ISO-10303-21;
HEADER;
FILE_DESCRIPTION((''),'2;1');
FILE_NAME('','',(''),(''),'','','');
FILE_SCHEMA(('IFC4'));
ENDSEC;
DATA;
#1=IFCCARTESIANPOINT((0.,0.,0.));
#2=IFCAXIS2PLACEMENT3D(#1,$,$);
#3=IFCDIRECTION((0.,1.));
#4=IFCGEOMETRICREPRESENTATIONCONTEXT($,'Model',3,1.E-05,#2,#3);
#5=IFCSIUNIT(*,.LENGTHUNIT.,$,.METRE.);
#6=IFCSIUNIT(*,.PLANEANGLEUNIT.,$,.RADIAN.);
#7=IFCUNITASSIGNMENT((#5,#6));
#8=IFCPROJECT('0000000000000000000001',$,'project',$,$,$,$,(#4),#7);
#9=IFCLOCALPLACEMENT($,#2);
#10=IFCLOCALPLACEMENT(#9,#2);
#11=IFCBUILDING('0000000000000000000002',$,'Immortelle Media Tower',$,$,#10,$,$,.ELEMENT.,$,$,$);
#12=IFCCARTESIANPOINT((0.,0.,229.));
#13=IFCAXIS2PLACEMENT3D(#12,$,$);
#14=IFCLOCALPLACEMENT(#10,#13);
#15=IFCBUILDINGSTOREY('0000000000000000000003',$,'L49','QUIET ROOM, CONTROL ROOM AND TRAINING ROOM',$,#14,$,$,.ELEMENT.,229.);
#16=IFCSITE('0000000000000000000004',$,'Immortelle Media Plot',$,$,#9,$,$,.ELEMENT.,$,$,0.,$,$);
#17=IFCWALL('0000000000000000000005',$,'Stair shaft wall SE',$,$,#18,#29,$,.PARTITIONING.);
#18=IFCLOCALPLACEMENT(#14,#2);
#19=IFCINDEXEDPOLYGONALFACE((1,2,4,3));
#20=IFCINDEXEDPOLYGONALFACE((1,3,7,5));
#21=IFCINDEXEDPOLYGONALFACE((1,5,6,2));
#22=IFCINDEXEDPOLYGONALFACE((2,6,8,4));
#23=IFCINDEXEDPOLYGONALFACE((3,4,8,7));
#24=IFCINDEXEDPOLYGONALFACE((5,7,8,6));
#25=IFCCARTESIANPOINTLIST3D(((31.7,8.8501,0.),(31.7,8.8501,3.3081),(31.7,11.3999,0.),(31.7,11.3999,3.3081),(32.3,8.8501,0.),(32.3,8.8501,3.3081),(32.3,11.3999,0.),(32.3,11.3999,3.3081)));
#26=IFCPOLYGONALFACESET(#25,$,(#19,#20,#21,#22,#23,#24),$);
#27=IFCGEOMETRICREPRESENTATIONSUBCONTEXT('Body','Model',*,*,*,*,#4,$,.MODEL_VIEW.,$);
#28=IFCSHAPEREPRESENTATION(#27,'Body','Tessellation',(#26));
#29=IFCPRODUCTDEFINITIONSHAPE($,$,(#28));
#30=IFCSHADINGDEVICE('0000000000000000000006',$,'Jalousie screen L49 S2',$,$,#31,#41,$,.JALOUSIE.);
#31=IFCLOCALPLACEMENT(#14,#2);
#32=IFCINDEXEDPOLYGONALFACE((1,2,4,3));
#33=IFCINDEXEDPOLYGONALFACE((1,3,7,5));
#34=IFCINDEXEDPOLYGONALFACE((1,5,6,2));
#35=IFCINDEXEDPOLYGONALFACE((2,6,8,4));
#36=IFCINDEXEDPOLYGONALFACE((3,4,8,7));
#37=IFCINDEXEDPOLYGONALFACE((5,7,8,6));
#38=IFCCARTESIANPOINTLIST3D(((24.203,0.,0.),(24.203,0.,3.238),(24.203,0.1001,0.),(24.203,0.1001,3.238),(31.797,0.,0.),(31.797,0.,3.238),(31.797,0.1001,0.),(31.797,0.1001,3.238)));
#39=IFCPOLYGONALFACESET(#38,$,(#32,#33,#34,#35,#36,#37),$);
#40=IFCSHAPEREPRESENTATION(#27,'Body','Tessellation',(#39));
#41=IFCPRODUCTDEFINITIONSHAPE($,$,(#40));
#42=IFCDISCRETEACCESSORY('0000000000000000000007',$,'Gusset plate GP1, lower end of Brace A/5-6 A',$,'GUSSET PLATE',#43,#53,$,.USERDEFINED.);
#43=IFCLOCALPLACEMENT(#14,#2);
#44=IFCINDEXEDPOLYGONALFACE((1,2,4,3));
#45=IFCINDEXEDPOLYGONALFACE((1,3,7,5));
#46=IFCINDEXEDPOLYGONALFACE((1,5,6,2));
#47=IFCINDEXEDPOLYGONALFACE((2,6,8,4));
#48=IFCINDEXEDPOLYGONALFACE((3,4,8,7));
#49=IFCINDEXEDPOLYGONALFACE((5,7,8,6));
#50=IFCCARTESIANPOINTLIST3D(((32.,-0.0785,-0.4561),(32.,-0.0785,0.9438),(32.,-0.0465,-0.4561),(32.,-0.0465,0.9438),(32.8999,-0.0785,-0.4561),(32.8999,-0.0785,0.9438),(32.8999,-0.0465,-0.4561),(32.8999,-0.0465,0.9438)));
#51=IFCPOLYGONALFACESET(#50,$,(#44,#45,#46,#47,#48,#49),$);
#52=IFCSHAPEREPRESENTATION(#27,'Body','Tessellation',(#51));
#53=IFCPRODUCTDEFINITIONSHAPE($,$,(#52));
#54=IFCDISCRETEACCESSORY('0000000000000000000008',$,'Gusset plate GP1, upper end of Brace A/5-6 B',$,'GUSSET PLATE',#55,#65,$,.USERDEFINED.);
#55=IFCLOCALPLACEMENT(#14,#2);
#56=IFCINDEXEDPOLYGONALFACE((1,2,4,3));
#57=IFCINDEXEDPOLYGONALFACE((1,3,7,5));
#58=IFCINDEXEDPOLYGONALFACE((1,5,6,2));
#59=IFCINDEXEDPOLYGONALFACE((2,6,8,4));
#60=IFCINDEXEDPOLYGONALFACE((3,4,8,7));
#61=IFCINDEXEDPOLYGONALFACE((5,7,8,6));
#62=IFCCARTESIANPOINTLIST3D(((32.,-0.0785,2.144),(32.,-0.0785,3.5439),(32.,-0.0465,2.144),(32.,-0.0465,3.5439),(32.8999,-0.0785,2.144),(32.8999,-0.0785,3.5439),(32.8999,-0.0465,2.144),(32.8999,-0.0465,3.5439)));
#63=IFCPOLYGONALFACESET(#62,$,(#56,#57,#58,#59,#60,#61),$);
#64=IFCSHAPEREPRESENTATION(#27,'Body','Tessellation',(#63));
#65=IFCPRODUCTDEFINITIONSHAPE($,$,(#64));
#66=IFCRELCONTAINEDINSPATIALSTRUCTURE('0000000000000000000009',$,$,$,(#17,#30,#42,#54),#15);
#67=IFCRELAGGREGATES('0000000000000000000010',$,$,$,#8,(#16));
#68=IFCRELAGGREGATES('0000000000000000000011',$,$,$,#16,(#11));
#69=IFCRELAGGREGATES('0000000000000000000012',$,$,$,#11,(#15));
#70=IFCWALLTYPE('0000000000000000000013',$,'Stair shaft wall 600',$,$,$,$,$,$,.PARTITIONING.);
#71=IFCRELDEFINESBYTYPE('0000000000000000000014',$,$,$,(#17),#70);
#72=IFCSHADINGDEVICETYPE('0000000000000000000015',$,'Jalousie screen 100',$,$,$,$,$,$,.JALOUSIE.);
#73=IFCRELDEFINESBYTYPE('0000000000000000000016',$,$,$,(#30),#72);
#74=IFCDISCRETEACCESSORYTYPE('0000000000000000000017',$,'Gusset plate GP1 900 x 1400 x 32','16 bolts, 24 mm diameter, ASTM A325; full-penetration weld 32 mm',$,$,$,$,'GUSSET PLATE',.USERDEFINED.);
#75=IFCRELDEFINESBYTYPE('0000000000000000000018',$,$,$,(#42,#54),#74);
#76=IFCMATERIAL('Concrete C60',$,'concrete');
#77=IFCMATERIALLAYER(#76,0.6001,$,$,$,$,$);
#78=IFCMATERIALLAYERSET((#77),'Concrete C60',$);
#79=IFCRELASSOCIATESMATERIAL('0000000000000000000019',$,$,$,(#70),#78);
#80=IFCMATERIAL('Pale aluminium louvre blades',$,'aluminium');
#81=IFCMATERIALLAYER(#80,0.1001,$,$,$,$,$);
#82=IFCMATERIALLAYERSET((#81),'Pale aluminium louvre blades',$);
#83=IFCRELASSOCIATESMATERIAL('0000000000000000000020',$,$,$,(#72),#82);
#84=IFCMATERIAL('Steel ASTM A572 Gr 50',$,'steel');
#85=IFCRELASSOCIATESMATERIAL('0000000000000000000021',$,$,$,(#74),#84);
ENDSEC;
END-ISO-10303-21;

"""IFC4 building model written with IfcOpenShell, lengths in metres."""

from ifc_helpers import new_model, si_unit, direction, frame, frame_2d, origin, origin_2d, place, context, subcontext, project, spatial, rectangle, extrude, material, layer, layer_set, material_profile, profile_set, type_object, element, save


model = new_model("IFC4")

# Units and contexts
model_context = context("Model", 3, precision=1e-05, world=origin(), true_north=direction((0.0, 1.0)))
body_context = subcontext(model_context, "Body", "Model", "MODEL_VIEW")
ifc_project = project(units=[si_unit("LENGTHUNIT", "METRE"), si_unit("PLANEANGLEUNIT", "RADIAN")], contexts=[model_context])

# Site, building, storey
site_placement = place(None, origin())
site = spatial("IfcSite", under=ifc_project, at=site_placement, Name="Immortelle Media Plot", CompositionType="ELEMENT", RefElevation=0.0)
building_placement = place(site_placement, origin())
building = spatial("IfcBuilding", under=site, at=building_placement, Name="Immortelle Media Tower", CompositionType="ELEMENT")
storey_placement = place(building_placement, frame((0.0, 0.0, 229.0)))
storey = spatial("IfcBuildingStorey", under=building, at=storey_placement, Name="L49", Description="QUIET ROOM, CONTROL ROOM AND TRAINING ROOM", CompositionType="ELEMENT", Elevation=229.0)

# Wall
ifc_material_1 = material(Name="Concrete C60", Category="concrete")
ifc_layer_1 = layer(ifc_material_1, 0.6001)
ifc_layer_set_1 = layer_set([ifc_layer_1], Name="Concrete C60")
wall_type_1 = type_object("IfcWallType", Name="Stair shaft wall 600", PredefinedType="PARTITIONING", material=ifc_layer_set_1)
wall_1_placement = place(storey_placement, frame((32.0, 8.8501, 0.0), z_axis=(0.0, 0.0, 1.0), x_axis=(0.0, 1.0, 0.0)))
element("IfcWall", 1, at=wall_1_placement, inside=storey, type_object=wall_type_1, Name="Stair shaft wall SE", PredefinedType="PARTITIONING", context=body_context, shape_type="SweptSolid", body=[
    extrude(rectangle(XDim=2.5498, YDim=0.6001, at=frame_2d((1.2749, 0.0))), origin(), (0.0, 0.0, 1.0), 3.3081),
])

# Shading device
ifc_material_2 = material(Name="Pale aluminium louvre blades", Category="aluminium")
ifc_layer_2 = layer(ifc_material_2, 0.1001)
ifc_layer_set_2 = layer_set([ifc_layer_2], Name="Pale aluminium louvre blades")
shading_device_type = type_object("IfcShadingDeviceType", Name="Jalousie screen 100", PredefinedType="JALOUSIE", material=ifc_layer_set_2)
shading_device_placement = place(storey_placement, frame((28.0, 0.05, 0.0), z_axis=(0.0, 0.0, 1.0), x_axis=(1.0, 0.0, 0.0)))
element("IfcShadingDevice", 2, at=shading_device_placement, inside=storey, type_object=shading_device_type, Name="Jalousie screen L49 S2", PredefinedType="JALOUSIE", context=body_context, shape_type="SweptSolid", body=[
    extrude(rectangle(XDim=7.594, YDim=0.1001, at=origin_2d()), origin(), (0.0, 0.0, 1.0), 3.238),
])

# Discrete accessories
ifc_material_3 = material(Name="Steel ASTM A572 Gr 50", Category="steel")
ifc_material_profile_1 = material_profile(ifc_material_3, rectangle(XDim=0.032, YDim=1.3999, at=origin_2d()), Name="PL 32 x 1400")
ifc_profile_set_1 = profile_set([ifc_material_profile_1], Name="Steel ASTM A572 Gr 50")
discrete_accessory_type = type_object("IfcDiscreteAccessoryType", Name="Gusset plate GP1 900 x 1400 x 32", Description="16 bolts, 24 mm diameter, ASTM A325; full-penetration weld 32 mm", ElementType="GUSSET PLATE", PredefinedType="USERDEFINED", material=ifc_profile_set_1)
for number, where, z_axis, x_axis, name in (
    (3, (32.0, -0.0625, 0.2439), (1.0, 0.0, 0.0), (0.0, 1.0, 0.0), "Gusset plate GP1, lower end of Brace A/5-6 A"),
    (4, (32.0, -0.0625, 2.844), (1.0, 0.0, 0.0), (0.0, 1.0, 0.0), "Gusset plate GP1, upper end of Brace A/5-6 B"),
):
    element("IfcDiscreteAccessory", number, at=place(storey_placement, frame(where, z_axis=z_axis, x_axis=x_axis)), inside=storey, type_object=discrete_accessory_type, Name=name, ObjectType="GUSSET PLATE", PredefinedType="USERDEFINED", context=body_context, shape_type="SweptSolid", body=[
        extrude(rectangle(XDim=0.032, YDim=1.3999, at=origin_2d()), origin(), (0.0, 0.0, 1.0), 0.8999),
    ])

save(model, "model.ifc")
